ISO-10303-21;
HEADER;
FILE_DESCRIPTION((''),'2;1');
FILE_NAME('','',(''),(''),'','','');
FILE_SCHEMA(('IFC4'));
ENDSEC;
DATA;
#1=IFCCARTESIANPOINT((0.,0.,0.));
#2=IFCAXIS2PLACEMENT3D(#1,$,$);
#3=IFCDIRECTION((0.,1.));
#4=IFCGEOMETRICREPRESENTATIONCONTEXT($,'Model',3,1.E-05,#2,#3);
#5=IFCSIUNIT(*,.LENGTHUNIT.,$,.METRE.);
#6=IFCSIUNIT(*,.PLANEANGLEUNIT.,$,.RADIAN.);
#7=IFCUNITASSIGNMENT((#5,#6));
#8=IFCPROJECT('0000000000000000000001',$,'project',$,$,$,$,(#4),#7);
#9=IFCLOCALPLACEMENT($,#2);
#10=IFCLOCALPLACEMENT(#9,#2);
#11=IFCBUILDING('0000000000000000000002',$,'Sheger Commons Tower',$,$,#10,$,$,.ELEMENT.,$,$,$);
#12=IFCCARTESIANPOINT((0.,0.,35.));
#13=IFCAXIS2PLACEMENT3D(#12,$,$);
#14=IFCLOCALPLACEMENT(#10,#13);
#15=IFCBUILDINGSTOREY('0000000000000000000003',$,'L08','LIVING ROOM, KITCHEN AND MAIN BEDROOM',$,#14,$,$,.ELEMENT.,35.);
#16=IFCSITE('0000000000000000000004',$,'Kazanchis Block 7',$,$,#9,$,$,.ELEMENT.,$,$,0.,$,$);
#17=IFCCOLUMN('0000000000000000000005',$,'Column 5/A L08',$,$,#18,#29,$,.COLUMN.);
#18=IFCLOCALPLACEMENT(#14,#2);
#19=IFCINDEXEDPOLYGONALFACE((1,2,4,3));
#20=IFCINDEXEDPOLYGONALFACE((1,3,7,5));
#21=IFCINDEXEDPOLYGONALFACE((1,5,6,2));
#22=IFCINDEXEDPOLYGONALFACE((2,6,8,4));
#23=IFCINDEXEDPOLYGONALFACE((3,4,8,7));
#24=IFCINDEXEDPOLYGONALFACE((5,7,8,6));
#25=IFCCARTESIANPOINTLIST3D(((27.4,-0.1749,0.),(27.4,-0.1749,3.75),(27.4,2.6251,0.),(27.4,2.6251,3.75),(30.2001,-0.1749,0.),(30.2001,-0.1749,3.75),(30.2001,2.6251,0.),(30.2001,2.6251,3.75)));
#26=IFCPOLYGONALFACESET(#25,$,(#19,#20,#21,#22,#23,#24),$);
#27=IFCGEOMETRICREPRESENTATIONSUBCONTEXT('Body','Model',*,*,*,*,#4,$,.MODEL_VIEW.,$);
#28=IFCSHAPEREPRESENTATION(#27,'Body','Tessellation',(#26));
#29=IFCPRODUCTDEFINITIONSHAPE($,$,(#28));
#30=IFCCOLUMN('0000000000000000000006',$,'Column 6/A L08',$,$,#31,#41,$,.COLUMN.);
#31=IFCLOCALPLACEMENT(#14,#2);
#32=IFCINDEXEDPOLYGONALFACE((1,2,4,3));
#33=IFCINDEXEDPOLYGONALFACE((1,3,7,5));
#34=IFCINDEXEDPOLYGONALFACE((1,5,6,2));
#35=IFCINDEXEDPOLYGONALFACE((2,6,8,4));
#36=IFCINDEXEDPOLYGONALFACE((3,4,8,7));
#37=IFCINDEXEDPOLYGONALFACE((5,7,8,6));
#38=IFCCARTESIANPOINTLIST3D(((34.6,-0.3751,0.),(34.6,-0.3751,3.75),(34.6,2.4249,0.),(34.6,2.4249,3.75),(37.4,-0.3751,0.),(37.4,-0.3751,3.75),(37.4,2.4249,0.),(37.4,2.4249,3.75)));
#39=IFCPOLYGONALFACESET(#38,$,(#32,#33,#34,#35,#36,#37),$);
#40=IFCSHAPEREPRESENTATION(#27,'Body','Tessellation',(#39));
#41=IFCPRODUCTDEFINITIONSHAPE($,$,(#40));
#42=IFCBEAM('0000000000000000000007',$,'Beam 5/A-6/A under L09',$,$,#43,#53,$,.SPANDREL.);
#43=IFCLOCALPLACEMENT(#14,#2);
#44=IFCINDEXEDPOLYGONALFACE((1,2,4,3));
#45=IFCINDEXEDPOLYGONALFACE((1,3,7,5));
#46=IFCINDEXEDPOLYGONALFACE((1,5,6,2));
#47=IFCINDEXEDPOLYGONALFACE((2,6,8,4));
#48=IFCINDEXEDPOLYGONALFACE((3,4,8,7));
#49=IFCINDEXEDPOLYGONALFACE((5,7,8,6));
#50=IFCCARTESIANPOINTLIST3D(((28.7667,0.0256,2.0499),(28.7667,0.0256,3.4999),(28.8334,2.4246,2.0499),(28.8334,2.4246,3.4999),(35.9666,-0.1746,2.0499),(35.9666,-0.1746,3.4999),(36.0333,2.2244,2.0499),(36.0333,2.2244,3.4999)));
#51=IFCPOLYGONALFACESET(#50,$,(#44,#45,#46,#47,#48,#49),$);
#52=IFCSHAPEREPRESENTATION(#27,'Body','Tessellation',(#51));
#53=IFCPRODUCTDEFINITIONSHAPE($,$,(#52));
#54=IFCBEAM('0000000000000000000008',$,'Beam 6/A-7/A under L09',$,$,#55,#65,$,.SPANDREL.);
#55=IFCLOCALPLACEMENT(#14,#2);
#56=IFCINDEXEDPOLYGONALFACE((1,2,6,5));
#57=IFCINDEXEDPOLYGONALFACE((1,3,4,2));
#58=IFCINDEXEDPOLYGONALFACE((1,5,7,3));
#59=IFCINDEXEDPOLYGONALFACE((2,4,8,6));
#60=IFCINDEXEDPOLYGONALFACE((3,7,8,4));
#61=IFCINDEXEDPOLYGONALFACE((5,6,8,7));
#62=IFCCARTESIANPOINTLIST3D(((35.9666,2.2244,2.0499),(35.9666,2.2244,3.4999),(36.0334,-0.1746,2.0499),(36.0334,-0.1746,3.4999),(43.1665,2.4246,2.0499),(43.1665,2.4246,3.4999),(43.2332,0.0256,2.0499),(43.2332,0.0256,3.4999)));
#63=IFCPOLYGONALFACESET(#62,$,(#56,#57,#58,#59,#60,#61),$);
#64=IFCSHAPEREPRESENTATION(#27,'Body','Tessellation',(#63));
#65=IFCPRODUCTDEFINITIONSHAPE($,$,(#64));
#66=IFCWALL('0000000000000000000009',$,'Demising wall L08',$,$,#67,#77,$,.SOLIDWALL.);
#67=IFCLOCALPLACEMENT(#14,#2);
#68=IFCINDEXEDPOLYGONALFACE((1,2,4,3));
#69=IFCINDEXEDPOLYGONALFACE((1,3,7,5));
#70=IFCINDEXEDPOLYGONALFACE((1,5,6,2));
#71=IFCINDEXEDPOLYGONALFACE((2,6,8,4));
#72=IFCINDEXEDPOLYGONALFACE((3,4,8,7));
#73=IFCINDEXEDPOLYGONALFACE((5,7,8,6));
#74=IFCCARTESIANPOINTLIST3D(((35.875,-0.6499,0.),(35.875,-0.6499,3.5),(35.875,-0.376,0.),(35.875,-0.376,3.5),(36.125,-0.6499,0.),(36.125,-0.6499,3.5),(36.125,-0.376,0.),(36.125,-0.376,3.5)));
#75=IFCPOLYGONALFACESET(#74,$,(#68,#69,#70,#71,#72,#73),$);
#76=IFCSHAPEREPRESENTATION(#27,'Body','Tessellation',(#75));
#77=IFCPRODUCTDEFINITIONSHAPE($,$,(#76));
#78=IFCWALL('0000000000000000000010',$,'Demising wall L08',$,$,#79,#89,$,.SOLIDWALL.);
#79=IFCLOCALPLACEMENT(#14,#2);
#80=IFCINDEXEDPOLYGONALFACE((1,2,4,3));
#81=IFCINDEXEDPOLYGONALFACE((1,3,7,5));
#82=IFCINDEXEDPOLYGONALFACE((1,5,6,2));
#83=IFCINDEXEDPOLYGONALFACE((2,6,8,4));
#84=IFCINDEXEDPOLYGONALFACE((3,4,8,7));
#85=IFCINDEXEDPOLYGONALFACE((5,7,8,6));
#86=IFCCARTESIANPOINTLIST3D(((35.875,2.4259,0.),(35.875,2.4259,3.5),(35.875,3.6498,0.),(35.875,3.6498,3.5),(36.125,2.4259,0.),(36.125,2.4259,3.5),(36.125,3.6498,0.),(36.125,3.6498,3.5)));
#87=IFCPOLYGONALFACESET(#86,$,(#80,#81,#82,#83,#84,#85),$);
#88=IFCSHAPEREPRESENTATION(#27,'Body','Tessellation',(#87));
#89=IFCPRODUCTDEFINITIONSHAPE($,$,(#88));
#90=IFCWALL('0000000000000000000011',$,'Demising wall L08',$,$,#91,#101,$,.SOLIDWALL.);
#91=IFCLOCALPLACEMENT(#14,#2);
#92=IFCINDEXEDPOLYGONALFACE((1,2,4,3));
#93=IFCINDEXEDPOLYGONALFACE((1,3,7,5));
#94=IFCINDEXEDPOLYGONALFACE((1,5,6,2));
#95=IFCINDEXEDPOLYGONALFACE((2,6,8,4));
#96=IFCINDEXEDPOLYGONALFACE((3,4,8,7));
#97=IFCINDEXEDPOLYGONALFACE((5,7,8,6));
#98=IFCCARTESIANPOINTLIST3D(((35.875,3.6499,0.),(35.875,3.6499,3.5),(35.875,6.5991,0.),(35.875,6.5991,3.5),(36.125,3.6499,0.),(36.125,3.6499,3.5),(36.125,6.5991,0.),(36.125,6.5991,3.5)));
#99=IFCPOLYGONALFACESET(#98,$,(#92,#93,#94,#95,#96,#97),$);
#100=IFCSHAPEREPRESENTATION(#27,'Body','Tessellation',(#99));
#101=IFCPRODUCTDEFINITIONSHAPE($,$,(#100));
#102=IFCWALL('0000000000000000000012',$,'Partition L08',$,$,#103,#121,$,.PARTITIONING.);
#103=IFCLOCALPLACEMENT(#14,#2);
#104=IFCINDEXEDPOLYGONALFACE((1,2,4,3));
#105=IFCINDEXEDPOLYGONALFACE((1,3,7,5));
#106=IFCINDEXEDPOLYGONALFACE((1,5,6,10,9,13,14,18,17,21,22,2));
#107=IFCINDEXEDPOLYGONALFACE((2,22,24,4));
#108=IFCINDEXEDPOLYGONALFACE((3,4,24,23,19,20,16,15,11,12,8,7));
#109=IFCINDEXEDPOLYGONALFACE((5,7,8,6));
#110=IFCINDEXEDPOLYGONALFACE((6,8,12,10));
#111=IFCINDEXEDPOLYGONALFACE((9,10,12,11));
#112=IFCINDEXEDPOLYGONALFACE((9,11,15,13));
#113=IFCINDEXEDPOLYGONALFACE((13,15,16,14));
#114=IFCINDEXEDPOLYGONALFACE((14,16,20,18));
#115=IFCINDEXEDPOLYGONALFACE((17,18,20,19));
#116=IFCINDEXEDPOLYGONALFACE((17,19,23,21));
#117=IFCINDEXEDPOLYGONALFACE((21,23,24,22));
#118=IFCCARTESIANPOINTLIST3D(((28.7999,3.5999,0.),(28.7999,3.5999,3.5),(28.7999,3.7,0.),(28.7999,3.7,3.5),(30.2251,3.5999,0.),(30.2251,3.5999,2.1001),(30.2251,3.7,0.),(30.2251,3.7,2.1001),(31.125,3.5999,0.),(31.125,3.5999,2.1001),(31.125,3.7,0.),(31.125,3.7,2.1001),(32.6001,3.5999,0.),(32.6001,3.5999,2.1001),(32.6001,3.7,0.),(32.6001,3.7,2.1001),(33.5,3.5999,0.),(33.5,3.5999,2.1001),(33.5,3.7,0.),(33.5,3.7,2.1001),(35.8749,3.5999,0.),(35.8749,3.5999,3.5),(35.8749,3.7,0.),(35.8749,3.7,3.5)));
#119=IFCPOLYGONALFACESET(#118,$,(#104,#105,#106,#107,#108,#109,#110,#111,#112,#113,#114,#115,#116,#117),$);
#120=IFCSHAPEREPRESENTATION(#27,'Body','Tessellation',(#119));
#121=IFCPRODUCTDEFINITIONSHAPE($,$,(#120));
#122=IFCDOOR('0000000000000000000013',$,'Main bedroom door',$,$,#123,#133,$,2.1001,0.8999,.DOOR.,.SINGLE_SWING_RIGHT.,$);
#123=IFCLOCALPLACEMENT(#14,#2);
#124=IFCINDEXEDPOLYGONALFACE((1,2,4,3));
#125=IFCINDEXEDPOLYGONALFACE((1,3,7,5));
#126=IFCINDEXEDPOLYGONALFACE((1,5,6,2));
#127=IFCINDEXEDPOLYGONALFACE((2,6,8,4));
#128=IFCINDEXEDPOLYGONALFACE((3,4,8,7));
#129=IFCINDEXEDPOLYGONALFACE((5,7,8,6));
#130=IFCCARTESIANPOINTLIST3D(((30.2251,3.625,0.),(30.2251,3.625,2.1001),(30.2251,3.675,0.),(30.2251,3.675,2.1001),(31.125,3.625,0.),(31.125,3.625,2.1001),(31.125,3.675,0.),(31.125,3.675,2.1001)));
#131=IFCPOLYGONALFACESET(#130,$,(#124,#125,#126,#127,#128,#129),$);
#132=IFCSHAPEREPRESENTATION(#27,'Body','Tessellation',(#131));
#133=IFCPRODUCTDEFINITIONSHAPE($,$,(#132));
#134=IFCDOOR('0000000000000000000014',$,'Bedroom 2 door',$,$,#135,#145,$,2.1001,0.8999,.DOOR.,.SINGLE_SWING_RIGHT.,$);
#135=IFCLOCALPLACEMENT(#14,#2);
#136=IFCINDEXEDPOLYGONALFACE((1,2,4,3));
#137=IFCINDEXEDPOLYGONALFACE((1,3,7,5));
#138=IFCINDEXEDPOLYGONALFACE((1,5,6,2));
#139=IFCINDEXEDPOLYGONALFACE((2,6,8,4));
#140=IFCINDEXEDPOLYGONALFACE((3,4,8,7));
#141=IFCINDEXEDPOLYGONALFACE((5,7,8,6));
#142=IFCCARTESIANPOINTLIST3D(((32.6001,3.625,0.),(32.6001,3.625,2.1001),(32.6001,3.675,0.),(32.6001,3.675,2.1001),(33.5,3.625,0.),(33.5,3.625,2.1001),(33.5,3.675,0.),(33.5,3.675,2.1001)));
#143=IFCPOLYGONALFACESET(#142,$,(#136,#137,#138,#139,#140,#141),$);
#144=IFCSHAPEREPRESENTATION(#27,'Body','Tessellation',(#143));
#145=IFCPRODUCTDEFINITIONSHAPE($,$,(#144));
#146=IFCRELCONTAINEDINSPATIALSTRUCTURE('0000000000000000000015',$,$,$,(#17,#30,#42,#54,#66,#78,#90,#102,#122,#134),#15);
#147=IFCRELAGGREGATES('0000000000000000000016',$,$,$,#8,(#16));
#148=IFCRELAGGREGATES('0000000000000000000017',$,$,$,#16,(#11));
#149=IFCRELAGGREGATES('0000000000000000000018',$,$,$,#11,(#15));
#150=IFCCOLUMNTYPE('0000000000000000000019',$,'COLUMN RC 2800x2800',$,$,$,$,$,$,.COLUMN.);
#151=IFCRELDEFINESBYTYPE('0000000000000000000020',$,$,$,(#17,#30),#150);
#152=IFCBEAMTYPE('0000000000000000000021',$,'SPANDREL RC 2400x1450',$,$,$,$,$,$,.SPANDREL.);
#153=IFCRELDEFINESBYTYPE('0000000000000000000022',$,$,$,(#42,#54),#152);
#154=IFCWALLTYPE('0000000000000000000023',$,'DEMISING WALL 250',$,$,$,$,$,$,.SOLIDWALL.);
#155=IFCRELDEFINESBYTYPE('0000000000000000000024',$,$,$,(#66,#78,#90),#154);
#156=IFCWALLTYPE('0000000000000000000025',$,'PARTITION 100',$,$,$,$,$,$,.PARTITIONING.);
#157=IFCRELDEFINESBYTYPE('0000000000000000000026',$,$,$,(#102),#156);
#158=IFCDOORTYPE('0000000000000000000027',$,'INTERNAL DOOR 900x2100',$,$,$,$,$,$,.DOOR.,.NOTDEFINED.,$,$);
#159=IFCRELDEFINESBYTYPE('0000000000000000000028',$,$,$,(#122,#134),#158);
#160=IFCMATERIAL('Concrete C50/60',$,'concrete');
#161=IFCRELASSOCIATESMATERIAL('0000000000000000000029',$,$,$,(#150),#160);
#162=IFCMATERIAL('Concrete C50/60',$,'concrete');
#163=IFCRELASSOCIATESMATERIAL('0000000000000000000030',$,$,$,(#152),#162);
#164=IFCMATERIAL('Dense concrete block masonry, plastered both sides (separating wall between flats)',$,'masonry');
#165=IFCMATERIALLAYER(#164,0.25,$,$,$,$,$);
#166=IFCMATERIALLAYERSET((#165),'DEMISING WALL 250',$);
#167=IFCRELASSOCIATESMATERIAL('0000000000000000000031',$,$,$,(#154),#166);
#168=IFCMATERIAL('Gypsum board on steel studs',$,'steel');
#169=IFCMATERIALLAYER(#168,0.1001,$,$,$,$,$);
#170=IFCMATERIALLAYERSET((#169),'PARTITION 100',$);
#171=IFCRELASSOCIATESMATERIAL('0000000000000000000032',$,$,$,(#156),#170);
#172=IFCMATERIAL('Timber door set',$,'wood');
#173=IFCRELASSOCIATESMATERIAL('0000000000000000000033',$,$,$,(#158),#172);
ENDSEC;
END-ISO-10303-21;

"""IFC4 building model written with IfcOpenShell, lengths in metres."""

from ifc_helpers import new_model, si_unit, direction, frame, frame_2d, origin, origin_2d, place, context, subcontext, project, spatial, rectangle, extrude, material, layer, layer_set, material_profile, profile_set, type_object, element, fill, save


model = new_model("IFC4")

# Units and contexts
model_context = context("Model", 3, precision=1e-05, world=origin(), true_north=direction((0.0, 1.0)))
body_context = subcontext(model_context, "Body", "Model", "MODEL_VIEW")
ifc_project = project(units=[si_unit("LENGTHUNIT", "METRE"), si_unit("PLANEANGLEUNIT", "RADIAN")], contexts=[model_context])

# Site, building, storey
site_placement = place(None, origin())
site = spatial("IfcSite", under=ifc_project, at=site_placement, Name="Kazanchis Block 7", CompositionType="ELEMENT", RefElevation=0.0)
building_placement = place(site_placement, origin())
building = spatial("IfcBuilding", under=site, at=building_placement, Name="Sheger Commons Tower", CompositionType="ELEMENT")
storey_placement = place(building_placement, frame((0.0, 0.0, 35.0)))
storey = spatial("IfcBuildingStorey", under=building, at=storey_placement, Name="L08", Description="LIVING ROOM, KITCHEN AND MAIN BEDROOM", CompositionType="ELEMENT", Elevation=35.0)

# Columns
ifc_material_1 = material(Name="Concrete C50/60", Category="concrete")
ifc_material_profile_1 = material_profile(ifc_material_1, rectangle(XDim=2.8, YDim=2.8, at=origin_2d()), Name="RC 2800x2800")
ifc_profile_set_1 = profile_set([ifc_material_profile_1], Name="Concrete C50/60")
column_type = type_object("IfcColumnType", Name="COLUMN RC 2800x2800", PredefinedType="COLUMN", material=ifc_profile_set_1)
for number, where, z_axis, x_axis, name in (
    (1, (28.8, 1.2251, 0.0), (0.0, 0.0, 1.0), (1.0, 0.0, 0.0), "Column 5/A L08"),
    (2, (36.0, 1.0249, 0.0), (0.0, 0.0, 1.0), (1.0, 0.0, 0.0), "Column 6/A L08"),
):
    element("IfcColumn", number, at=place(storey_placement, frame(where, z_axis=z_axis, x_axis=x_axis)), inside=storey, type_object=column_type, Name=name, PredefinedType="COLUMN", context=body_context, shape_type="SweptSolid", body=[
        extrude(rectangle(XDim=2.8, YDim=2.8, at=origin_2d()), origin(), (0.0, 0.0, 1.0), 3.75),
    ])

# Beams
ifc_material_2 = material(Name="Concrete C50/60", Category="concrete")
ifc_material_profile_2 = material_profile(ifc_material_2, rectangle(XDim=2.3999, YDim=1.45, at=origin_2d()), Name="RC 2400x1450")
ifc_profile_set_2 = profile_set([ifc_material_profile_2], Name="Concrete C50/60")
beam_type = type_object("IfcBeamType", Name="SPANDREL RC 2400x1450", PredefinedType="SPANDREL", material=ifc_profile_set_2)
for number, where, z_axis, x_axis, name in (
    (3, (28.8, 1.2251, 2.7749), (0.999614, -0.027794, 0.0), (0.027794, 0.999614, 0.0), "Beam 5/A-6/A under L09"),
    (4, (36.0, 1.0249, 2.7749), (0.999614, 0.027794, 0.0), (-0.027794, 0.999614, 0.0), "Beam 6/A-7/A under L09"),
):
    element("IfcBeam", number, at=place(storey_placement, frame(where, z_axis=z_axis, x_axis=x_axis)), inside=storey, type_object=beam_type, Name=name, PredefinedType="SPANDREL", context=body_context, shape_type="SweptSolid", body=[
        extrude(rectangle(XDim=2.3999, YDim=1.45, at=origin_2d()), origin(), (0.0, 0.0, 1.0), 7.2026),
    ])

# Walls
ifc_material_3 = material(Name="Dense concrete block masonry, plastered both sides (separating wall between flats)", Category="masonry")
ifc_layer_1 = layer(ifc_material_3, 0.25)
ifc_layer_set_1 = layer_set([ifc_layer_1], Name="DEMISING WALL 250")
wall_type_1 = type_object("IfcWallType", Name="DEMISING WALL 250", PredefinedType="SOLIDWALL", material=ifc_layer_set_1)
wall_1_placement = place(storey_placement, frame((36.0, -0.6499, 0.0), z_axis=(0.0, 0.0, 1.0), x_axis=(0.0, 1.0, 0.0)))
element("IfcWall", 5, at=wall_1_placement, inside=storey, type_object=wall_type_1, Name="Demising wall L08", PredefinedType="SOLIDWALL", context=body_context, shape_type="SweptSolid", body=[
    extrude(rectangle(XDim=0.2739, YDim=0.25, at=frame_2d((0.137, 0.0))), origin(), (0.0, 0.0, 1.0), 3.5),
])
wall_2_placement = place(storey_placement, frame((36.0, 2.426, 0.0), z_axis=(0.0, 0.0, 1.0), x_axis=(0.0, 1.0, 0.0)))
element("IfcWall", 6, at=wall_2_placement, inside=storey, type_object=wall_type_1, Name="Demising wall L08", PredefinedType="SOLIDWALL", context=body_context, shape_type="SweptSolid", body=[
    extrude(rectangle(XDim=1.2239, YDim=0.25, at=frame_2d((0.6118, 0.0))), origin(), (0.0, 0.0, 1.0), 3.5),
])
wall_3_placement = place(storey_placement, frame((36.0, 3.6499, 0.0), z_axis=(0.0, 0.0, 1.0), x_axis=(0.0, 1.0, 0.0)))
element("IfcWall", 7, at=wall_3_placement, inside=storey, type_object=wall_type_1, Name="Demising wall L08", PredefinedType="SOLIDWALL", context=body_context, shape_type="SweptSolid", body=[
    extrude(rectangle(XDim=2.9492, YDim=0.25, at=frame_2d((1.4746, 0.0))), origin(), (0.0, 0.0, 1.0), 3.5),
])

# Wall, openings, doors
ifc_material_4 = material(Name="Gypsum board on steel studs", Category="steel")
ifc_layer_2 = layer(ifc_material_4, 0.1001)
ifc_layer_set_2 = layer_set([ifc_layer_2], Name="PARTITION 100")
wall_type_2 = type_object("IfcWallType", Name="PARTITION 100", PredefinedType="PARTITIONING", material=ifc_layer_set_2)
wall_4_placement = place(storey_placement, frame((35.875, 3.6499, 0.0), z_axis=(0.0, 0.0, 1.0), x_axis=(-1.0, 0.0, 0.0)))
wall_4 = element("IfcWall", 8, at=wall_4_placement, inside=storey, type_object=wall_type_2, Name="Partition L08", PredefinedType="PARTITIONING", context=body_context, shape_type="SweptSolid", body=[
    extrude(rectangle(XDim=7.075, YDim=0.1001, at=frame_2d((3.5376, 0.0))), origin(), (0.0, 0.0, 1.0), 3.5),
])
opening_1_placement = place(wall_4_placement, frame((4.75, 0.0, 0.0)))
opening_1 = element("IfcOpeningElement", 9, at=opening_1_placement, cuts=wall_4, PredefinedType="OPENING", context=body_context, shape_type="SweptSolid", body=[
    extrude(rectangle(XDim=0.8999, YDim=2.1001, at=frame_2d((0.45, 1.05))), frame((0.0, 0.0601, 0.0), z_axis=(0.0, -1.0, 0.0), x_axis=(1.0, 0.0, 0.0)), (0.0, 0.0, 1.0), 0.1201),
])
opening_2_placement = place(wall_4_placement, frame((2.375, 0.0, 0.0)))
opening_2 = element("IfcOpeningElement", 10, at=opening_2_placement, cuts=wall_4, PredefinedType="OPENING", context=body_context, shape_type="SweptSolid", body=[
    extrude(rectangle(XDim=0.8999, YDim=2.1001, at=frame_2d((0.45, 1.05))), frame((0.0, 0.0601, 0.0), z_axis=(0.0, -1.0, 0.0), x_axis=(1.0, 0.0, 0.0)), (0.0, 0.0, 1.0), 0.1201),
])
ifc_material_5 = material(Name="Timber door set", Category="wood")
door_type = type_object("IfcDoorType", Name="INTERNAL DOOR 900x2100", OperationType="NOTDEFINED", PredefinedType="DOOR", material=ifc_material_5)
door_1_placement = place(opening_1_placement, origin())
door_1 = element("IfcDoor", 11, at=door_1_placement, inside=storey, type_object=door_type, Name="Main bedroom door", OperationType="SINGLE_SWING_RIGHT", OverallHeight=2.1001, OverallWidth=0.8999, PredefinedType="DOOR", context=body_context, shape_type="SweptSolid", body=[
    extrude(rectangle(XDim=0.8999, YDim=2.1001, at=frame_2d((0.45, 1.05))), frame((0.0, 0.0249, 0.0), z_axis=(0.0, -1.0, 0.0), x_axis=(1.0, 0.0, 0.0)), (0.0, 0.0, 1.0), 0.05),
])
fill(opening_1, door_1)
door_2_placement = place(opening_2_placement, origin())
door_2 = element("IfcDoor", 12, at=door_2_placement, inside=storey, type_object=door_type, Name="Bedroom 2 door", OperationType="SINGLE_SWING_RIGHT", OverallHeight=2.1001, OverallWidth=0.8999, PredefinedType="DOOR", context=body_context, shape_type="SweptSolid", body=[
    extrude(rectangle(XDim=0.8999, YDim=2.1001, at=frame_2d((0.45, 1.05))), frame((0.0, 0.0249, 0.0), z_axis=(0.0, -1.0, 0.0), x_axis=(1.0, 0.0, 0.0)), (0.0, 0.0, 1.0), 0.05),
])
fill(opening_2, door_2)

save(model, "model.ifc")
